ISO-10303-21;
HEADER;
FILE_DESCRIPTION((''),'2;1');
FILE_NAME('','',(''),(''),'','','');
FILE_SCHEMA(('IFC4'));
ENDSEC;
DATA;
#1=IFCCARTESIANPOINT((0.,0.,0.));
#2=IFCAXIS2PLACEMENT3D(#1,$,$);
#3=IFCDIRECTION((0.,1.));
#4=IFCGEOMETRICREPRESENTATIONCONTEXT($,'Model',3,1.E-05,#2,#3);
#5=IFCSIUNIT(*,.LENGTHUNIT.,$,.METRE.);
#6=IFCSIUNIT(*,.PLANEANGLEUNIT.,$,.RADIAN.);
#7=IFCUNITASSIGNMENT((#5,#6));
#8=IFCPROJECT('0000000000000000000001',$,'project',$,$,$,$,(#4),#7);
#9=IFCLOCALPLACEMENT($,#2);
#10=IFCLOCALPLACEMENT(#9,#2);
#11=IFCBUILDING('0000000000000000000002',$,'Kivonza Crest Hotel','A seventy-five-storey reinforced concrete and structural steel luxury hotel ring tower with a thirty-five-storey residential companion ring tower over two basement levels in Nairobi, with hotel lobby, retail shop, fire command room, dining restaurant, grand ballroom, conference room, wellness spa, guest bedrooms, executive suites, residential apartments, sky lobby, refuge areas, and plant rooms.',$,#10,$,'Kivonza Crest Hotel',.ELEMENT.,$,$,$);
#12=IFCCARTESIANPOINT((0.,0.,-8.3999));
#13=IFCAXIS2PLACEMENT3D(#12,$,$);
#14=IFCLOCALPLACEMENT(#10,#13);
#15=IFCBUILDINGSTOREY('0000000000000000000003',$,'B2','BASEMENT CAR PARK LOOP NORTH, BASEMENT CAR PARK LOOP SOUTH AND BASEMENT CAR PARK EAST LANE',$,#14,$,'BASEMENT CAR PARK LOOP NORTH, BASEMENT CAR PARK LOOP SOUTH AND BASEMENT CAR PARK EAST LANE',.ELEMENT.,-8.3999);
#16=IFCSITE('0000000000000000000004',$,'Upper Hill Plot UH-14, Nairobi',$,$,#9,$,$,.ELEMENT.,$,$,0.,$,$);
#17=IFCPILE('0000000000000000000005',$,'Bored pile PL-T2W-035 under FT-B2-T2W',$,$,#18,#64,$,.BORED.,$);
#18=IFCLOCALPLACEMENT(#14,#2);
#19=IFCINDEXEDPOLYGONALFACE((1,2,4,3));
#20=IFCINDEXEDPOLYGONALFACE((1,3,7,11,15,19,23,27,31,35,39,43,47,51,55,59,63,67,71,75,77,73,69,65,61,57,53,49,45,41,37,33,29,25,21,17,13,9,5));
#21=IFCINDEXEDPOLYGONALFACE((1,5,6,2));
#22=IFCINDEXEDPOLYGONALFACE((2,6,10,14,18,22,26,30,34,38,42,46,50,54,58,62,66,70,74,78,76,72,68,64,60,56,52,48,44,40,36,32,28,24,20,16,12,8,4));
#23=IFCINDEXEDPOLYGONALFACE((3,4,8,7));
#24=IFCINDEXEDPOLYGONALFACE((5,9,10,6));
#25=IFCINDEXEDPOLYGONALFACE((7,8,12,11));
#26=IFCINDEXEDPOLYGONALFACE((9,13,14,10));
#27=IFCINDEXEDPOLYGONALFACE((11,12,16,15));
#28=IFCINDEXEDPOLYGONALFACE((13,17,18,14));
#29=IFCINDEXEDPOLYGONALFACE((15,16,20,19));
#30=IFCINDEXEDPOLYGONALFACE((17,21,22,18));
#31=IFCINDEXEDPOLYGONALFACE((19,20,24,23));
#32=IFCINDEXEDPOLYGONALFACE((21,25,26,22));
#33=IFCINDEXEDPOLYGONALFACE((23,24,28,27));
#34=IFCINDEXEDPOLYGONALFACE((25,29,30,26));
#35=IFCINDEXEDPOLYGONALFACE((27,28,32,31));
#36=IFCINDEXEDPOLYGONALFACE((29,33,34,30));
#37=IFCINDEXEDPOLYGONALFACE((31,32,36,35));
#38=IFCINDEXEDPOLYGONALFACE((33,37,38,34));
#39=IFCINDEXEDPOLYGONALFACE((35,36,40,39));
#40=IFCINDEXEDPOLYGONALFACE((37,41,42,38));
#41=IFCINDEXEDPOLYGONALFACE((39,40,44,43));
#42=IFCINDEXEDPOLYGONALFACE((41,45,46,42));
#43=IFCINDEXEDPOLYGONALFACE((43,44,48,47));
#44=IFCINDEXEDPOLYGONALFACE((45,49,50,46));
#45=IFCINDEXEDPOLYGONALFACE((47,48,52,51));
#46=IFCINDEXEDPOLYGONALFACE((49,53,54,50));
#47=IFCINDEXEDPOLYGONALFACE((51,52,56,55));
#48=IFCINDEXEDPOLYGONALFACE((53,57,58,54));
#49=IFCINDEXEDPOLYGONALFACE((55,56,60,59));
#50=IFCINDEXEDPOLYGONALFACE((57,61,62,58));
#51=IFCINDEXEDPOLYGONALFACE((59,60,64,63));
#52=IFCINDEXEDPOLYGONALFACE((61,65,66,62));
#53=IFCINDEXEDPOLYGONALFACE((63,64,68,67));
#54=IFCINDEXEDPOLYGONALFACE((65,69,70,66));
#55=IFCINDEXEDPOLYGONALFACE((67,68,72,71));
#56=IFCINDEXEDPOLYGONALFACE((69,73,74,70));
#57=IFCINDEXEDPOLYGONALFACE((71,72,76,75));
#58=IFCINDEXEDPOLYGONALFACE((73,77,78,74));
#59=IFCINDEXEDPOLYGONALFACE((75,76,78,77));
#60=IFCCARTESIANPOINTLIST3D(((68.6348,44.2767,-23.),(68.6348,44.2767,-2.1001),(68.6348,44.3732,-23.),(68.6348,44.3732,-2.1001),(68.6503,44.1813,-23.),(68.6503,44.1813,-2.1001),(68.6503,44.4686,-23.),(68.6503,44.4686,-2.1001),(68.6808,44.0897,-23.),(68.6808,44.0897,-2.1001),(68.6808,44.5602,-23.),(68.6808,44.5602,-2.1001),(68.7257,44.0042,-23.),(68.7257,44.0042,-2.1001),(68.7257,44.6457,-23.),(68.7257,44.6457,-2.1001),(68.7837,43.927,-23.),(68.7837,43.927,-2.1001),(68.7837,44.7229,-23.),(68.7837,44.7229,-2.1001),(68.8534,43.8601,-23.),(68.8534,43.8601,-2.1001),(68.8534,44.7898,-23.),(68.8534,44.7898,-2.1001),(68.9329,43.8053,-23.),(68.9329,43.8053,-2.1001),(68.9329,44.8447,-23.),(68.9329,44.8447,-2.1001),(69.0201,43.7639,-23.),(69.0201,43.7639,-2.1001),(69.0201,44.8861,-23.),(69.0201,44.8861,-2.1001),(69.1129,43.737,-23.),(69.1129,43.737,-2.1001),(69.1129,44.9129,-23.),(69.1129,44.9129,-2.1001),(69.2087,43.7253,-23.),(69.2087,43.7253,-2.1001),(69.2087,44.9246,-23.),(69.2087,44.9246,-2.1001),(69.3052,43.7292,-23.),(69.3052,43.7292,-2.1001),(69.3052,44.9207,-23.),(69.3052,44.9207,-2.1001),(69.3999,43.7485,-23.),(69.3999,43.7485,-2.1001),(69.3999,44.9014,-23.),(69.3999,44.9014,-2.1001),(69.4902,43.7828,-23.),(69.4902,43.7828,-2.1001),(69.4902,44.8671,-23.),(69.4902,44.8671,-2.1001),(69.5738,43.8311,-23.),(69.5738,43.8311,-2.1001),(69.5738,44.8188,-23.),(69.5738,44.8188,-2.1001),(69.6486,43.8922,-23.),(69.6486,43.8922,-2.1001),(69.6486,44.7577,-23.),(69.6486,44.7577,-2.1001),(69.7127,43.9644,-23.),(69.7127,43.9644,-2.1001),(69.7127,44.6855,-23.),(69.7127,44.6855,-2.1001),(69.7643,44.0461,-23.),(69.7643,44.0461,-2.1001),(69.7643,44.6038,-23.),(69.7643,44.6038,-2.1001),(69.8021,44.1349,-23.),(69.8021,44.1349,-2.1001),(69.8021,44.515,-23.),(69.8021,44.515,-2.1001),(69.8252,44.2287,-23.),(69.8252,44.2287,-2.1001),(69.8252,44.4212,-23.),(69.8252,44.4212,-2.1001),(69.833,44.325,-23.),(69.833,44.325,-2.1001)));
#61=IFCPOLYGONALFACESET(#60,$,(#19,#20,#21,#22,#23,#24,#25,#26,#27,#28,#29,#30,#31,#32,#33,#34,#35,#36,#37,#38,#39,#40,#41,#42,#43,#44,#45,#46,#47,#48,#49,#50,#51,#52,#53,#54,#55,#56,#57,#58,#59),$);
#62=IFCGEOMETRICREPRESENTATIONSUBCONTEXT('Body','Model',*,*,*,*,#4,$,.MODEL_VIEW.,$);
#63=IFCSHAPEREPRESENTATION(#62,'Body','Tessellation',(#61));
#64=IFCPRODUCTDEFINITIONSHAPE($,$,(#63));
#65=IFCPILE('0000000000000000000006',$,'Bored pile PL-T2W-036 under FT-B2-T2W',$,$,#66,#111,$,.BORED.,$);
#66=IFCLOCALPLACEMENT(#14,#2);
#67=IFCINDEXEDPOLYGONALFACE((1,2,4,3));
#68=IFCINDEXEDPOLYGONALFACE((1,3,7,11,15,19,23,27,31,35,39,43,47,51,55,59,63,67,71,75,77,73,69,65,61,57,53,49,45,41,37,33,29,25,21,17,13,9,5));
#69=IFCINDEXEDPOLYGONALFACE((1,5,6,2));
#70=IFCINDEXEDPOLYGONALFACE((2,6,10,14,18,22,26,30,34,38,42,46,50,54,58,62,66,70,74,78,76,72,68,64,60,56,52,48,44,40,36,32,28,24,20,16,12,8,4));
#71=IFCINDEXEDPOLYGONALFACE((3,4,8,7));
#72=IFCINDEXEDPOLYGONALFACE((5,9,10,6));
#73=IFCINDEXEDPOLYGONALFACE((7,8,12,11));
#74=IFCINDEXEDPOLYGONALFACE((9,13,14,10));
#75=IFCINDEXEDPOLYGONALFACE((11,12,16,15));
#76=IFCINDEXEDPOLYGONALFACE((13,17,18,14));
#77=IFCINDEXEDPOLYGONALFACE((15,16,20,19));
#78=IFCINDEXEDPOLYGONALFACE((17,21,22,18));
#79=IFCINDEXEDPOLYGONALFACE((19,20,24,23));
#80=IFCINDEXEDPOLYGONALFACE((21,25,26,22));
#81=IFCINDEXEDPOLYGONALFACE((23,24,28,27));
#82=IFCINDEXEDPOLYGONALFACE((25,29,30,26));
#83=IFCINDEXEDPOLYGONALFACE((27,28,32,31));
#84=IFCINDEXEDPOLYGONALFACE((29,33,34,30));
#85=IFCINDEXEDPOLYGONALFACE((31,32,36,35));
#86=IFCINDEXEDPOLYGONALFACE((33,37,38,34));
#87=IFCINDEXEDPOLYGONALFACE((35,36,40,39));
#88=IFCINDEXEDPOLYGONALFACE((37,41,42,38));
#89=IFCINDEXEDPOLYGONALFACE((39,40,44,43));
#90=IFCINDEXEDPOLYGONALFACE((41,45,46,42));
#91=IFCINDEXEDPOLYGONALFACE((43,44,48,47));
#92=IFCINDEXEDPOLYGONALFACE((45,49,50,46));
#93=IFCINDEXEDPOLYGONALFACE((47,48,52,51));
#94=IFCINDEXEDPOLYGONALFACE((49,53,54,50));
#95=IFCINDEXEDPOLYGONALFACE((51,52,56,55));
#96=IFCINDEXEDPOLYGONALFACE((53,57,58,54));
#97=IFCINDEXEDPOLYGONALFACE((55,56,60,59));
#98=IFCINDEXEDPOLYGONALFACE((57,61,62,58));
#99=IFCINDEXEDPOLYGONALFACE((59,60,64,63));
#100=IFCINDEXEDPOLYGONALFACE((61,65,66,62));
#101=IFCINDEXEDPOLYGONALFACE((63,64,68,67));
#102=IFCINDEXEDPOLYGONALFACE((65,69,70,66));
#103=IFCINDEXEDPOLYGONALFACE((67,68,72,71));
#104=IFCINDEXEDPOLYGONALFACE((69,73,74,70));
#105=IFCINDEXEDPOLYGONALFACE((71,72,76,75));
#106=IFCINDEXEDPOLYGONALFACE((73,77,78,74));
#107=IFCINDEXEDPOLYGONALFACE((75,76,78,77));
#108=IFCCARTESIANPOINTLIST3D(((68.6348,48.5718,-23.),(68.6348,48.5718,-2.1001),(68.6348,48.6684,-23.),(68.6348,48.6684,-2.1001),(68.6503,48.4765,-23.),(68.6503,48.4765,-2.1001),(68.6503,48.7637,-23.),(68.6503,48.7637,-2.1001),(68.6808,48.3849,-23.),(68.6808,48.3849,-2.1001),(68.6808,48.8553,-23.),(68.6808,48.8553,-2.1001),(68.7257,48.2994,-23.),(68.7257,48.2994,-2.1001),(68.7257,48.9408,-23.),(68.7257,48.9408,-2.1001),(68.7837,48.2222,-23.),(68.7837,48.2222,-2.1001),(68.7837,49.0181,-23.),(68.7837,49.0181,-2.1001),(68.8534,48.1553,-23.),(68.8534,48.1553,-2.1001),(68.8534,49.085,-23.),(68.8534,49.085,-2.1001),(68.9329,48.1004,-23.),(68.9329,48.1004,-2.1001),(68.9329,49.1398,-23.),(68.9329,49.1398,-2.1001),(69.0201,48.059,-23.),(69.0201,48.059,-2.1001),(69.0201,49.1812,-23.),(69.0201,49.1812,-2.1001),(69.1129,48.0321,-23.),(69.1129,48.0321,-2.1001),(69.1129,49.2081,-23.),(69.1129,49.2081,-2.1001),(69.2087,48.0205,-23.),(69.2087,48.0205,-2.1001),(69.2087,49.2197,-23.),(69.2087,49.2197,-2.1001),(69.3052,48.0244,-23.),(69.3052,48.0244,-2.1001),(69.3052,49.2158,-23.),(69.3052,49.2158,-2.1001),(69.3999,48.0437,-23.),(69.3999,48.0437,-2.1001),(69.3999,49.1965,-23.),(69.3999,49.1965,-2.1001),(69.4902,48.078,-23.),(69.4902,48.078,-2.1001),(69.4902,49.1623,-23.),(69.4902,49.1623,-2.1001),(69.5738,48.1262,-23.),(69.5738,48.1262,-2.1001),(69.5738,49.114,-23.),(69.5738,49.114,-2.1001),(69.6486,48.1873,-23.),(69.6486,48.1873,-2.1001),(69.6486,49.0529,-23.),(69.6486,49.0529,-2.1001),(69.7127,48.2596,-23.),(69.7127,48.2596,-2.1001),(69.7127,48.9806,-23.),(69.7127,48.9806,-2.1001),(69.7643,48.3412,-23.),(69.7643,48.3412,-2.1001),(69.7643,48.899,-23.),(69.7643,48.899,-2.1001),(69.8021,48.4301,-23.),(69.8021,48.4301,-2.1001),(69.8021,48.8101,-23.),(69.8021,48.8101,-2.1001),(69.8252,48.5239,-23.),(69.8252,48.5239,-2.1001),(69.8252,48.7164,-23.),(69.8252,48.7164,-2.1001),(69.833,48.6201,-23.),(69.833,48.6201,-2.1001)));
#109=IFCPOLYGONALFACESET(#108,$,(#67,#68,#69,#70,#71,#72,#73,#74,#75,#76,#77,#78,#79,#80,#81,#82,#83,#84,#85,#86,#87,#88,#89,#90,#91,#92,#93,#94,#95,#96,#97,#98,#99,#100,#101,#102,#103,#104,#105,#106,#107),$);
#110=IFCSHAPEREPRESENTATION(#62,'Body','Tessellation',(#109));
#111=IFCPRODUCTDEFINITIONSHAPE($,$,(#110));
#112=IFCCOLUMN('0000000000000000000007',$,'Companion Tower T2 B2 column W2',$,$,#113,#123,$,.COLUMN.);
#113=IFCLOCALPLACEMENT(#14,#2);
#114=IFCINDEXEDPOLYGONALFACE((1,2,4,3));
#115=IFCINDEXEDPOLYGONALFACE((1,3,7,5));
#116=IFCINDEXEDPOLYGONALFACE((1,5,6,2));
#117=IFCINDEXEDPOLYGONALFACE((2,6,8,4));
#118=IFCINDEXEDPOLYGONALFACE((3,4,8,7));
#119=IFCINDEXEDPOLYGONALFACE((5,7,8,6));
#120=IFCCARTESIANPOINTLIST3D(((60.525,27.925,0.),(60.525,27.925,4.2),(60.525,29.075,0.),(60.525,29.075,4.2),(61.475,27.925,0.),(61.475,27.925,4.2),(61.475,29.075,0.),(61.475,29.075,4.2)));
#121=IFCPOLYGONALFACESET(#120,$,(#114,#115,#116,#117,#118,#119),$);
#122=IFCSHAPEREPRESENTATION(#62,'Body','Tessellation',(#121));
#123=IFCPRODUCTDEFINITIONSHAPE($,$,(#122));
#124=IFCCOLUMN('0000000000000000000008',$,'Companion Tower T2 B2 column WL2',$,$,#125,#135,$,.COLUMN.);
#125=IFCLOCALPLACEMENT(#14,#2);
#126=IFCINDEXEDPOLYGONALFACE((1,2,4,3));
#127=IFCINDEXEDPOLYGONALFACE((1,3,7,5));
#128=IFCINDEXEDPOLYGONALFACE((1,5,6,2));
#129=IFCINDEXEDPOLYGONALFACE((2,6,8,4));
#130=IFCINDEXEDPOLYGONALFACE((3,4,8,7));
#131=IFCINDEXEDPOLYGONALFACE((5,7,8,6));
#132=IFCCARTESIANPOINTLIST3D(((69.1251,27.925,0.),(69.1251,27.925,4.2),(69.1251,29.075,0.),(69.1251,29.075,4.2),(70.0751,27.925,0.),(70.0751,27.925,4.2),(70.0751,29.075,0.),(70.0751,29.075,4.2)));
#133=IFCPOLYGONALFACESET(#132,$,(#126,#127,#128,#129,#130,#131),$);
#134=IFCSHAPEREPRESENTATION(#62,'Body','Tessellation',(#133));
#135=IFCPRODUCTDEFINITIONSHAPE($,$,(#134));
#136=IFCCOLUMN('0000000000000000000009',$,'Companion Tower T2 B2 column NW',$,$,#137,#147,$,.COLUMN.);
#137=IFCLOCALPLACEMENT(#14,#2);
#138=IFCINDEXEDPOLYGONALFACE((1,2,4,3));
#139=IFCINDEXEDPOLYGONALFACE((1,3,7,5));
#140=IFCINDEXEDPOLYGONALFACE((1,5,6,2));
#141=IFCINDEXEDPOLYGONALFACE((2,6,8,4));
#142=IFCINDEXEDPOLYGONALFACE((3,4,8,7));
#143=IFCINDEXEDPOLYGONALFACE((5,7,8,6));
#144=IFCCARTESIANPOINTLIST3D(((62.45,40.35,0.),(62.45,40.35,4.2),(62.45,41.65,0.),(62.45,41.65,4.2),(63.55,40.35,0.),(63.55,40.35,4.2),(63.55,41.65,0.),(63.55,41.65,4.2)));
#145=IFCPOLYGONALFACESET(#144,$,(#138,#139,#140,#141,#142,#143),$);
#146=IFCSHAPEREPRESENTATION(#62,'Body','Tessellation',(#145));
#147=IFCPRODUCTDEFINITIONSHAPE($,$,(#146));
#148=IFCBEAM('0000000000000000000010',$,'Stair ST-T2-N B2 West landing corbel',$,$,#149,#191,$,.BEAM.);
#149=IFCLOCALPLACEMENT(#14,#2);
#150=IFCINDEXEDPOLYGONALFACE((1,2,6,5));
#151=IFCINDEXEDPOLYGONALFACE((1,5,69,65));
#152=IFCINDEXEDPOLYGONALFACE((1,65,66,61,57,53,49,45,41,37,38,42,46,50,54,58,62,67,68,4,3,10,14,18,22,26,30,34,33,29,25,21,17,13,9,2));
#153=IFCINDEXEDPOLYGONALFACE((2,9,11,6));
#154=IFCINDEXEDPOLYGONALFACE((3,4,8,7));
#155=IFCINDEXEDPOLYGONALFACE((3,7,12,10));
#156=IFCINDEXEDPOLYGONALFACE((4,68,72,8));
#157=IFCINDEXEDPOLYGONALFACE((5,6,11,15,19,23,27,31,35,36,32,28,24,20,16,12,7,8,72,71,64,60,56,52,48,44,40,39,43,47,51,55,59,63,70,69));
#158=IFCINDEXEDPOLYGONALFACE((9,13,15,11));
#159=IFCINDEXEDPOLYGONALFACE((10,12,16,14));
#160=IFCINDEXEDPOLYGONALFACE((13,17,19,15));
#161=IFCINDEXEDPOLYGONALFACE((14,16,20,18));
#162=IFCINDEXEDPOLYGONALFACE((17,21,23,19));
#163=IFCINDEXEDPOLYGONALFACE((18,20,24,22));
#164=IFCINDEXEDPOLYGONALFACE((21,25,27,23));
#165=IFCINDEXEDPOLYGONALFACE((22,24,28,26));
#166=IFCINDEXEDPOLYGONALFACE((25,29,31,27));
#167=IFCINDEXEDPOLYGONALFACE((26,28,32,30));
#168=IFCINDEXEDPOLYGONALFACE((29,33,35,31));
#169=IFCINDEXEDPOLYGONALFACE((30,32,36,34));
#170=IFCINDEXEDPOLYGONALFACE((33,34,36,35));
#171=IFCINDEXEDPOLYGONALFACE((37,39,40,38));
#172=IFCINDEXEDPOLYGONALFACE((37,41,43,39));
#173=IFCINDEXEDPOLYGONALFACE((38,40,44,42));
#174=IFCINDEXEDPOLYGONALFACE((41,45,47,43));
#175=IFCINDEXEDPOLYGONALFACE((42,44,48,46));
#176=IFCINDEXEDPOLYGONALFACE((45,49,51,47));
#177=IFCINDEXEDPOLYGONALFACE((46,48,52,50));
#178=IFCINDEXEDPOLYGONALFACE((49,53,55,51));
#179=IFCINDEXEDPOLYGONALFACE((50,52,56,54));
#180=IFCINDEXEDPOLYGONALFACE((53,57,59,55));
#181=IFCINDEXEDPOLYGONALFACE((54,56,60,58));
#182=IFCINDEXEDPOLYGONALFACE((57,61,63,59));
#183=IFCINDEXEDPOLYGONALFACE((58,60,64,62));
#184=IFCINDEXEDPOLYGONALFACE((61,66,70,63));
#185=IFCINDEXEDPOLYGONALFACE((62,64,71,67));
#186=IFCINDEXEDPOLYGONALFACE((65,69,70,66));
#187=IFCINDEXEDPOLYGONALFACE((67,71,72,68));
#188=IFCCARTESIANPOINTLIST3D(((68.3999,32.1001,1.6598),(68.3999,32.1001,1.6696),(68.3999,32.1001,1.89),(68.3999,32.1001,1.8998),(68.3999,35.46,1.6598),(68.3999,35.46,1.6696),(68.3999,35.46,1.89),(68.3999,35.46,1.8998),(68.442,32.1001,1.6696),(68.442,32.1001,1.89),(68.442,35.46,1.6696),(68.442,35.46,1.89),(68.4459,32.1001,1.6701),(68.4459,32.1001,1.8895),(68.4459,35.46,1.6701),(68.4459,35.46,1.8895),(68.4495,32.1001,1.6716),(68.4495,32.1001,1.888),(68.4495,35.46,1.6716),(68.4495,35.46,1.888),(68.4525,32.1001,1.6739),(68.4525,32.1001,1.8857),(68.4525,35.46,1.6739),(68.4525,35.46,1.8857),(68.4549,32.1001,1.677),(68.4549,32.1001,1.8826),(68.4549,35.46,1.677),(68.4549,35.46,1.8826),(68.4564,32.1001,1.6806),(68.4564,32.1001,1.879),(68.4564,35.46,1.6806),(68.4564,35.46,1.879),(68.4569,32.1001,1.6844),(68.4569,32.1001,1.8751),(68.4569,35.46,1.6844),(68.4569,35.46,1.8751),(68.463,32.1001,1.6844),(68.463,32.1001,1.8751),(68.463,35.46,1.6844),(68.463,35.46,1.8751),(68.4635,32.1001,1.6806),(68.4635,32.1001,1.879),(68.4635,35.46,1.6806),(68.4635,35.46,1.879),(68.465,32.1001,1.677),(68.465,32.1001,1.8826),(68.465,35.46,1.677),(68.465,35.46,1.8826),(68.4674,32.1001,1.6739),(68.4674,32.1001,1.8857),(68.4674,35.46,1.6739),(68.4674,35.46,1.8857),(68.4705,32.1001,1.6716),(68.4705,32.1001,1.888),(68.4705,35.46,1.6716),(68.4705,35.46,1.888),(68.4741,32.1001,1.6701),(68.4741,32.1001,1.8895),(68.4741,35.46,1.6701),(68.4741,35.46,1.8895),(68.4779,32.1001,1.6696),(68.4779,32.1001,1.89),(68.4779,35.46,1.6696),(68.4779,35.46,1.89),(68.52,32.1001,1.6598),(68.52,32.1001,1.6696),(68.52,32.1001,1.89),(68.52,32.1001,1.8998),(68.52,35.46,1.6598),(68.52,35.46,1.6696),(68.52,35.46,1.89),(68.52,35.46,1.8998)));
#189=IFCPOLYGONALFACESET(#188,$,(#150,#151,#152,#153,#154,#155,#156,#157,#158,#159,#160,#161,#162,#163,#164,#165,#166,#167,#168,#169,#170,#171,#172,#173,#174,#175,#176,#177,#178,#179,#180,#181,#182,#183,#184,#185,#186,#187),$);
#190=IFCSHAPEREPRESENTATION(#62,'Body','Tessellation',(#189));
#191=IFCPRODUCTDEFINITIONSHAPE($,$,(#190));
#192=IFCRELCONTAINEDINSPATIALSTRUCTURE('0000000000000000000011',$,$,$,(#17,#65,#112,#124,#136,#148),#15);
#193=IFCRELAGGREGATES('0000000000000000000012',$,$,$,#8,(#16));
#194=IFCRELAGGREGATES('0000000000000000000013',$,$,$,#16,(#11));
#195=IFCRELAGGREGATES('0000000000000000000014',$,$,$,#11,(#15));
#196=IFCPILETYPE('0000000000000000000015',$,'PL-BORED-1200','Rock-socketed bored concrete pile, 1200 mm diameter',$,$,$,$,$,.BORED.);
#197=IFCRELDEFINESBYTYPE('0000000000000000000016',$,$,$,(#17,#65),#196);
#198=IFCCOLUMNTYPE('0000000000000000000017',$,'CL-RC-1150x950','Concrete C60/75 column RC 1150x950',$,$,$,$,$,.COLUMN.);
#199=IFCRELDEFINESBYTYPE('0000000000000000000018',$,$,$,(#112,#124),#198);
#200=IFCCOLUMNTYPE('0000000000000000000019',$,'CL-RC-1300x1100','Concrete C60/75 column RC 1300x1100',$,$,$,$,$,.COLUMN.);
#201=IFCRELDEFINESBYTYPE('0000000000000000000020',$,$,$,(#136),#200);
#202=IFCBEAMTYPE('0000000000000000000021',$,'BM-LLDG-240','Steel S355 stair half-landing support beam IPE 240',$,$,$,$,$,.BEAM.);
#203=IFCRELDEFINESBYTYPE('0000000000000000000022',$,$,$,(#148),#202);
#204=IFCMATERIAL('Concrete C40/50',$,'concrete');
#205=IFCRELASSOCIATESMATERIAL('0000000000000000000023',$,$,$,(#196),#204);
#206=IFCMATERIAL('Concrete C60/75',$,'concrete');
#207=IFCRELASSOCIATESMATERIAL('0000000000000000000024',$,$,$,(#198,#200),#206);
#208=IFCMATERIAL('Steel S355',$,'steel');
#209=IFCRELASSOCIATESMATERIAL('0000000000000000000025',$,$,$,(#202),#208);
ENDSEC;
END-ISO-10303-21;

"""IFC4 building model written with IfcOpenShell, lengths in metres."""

from ifc_helpers import new_model, si_unit, direction, frame, origin, origin_2d, place, context, subcontext, project, spatial, rectangle, circle, i_section, extrude, material, material_profile, profile_set, type_object, element, save


model = new_model("IFC4")

# Units and contexts
model_context = context("Model", 3, precision=1e-05, world=origin(), true_north=direction((0.0, 1.0)))
body_context = subcontext(model_context, "Body", "Model", "MODEL_VIEW")
ifc_project = project(units=[si_unit("LENGTHUNIT", "METRE"), si_unit("PLANEANGLEUNIT", "RADIAN")], contexts=[model_context])

# Site, building, storey
site_placement = place(None, origin())
site = spatial("IfcSite", under=ifc_project, at=site_placement, Name="Upper Hill Plot UH-14, Nairobi", CompositionType="ELEMENT", RefElevation=0.0)
building_placement = place(site_placement, origin())
building = spatial("IfcBuilding", under=site, at=building_placement, Name="Kivonza Crest Hotel", Description="A seventy-five-storey reinforced concrete and structural steel luxury hotel ring tower with a thirty-five-storey residential companion ring tower over two basement levels in Nairobi, with hotel lobby, retail shop, fire command room, dining restaurant, grand ballroom, conference room, wellness spa, guest bedrooms, executive suites, residential apartments, sky lobby, refuge areas, and plant rooms.", LongName="Kivonza Crest Hotel", CompositionType="ELEMENT")
storey_placement = place(building_placement, frame((0.0, 0.0, -8.3999)))
storey = spatial("IfcBuildingStorey", under=building, at=storey_placement, Name="B2", Description="BASEMENT CAR PARK LOOP NORTH, BASEMENT CAR PARK LOOP SOUTH AND BASEMENT CAR PARK EAST LANE", LongName="BASEMENT CAR PARK LOOP NORTH, BASEMENT CAR PARK LOOP SOUTH AND BASEMENT CAR PARK EAST LANE", CompositionType="ELEMENT", Elevation=-8.3999)

# Piles
ifc_material_1 = material(Name="Concrete C40/50", Category="concrete")
ifc_material_profile_1 = material_profile(ifc_material_1, circle(Radius=0.6001, at=origin_2d()), Name="PILE D1200")
ifc_profile_set_1 = profile_set([ifc_material_profile_1], Name="Concrete C40/50")
pile_type = type_object("IfcPileType", Name="PL-BORED-1200", Description="Rock-socketed bored concrete pile, 1200 mm diameter", PredefinedType="BORED", material=ifc_profile_set_1)
for number, where, z_axis, x_axis, name in (
    (1, (69.2329, 44.325, -2.1001), (0.0, 0.0, -1.0), (1.0, 0.0, 0.0), "Bored pile PL-T2W-035 under FT-B2-T2W"),
    (2, (69.2329, 48.6201, -2.1001), (0.0, 0.0, -1.0), (1.0, 0.0, 0.0), "Bored pile PL-T2W-036 under FT-B2-T2W"),
):
    element("IfcPile", number, at=place(storey_placement, frame(where, z_axis=z_axis, x_axis=x_axis)), inside=storey, type_object=pile_type, Name=name, PredefinedType="BORED", context=body_context, shape_type="SweptSolid", body=[
        extrude(circle(Radius=0.6001, at=origin_2d()), origin(), (0.0, 0.0, 1.0), 20.8999),
    ])

# Columns
ifc_material_2 = material(Name="Concrete C60/75", Category="concrete")
ifc_material_profile_2 = material_profile(ifc_material_2, rectangle(XDim=0.95, YDim=1.1499, at=origin_2d()), Name="RC 1150x950")
ifc_profile_set_2 = profile_set([ifc_material_profile_2], Name="Concrete C60/75")
column_type_1 = type_object("IfcColumnType", Name="CL-RC-1150x950", Description="Concrete C60/75 column RC 1150x950", PredefinedType="COLUMN", material=ifc_profile_set_2)
for number, where, z_axis, x_axis, name in (
    (3, (61.0, 28.5, 0.0), (0.0, 0.0, 1.0), (1.0, 0.0, 0.0), "Companion Tower T2 B2 column W2"),
    (4, (69.6001, 28.5, 0.0), (0.0, 0.0, 1.0), (1.0, 0.0, 0.0), "Companion Tower T2 B2 column WL2"),
):
    element("IfcColumn", number, at=place(storey_placement, frame(where, z_axis=z_axis, x_axis=x_axis)), inside=storey, type_object=column_type_1, Name=name, PredefinedType="COLUMN", context=body_context, shape_type="SweptSolid", body=[
        extrude(rectangle(XDim=0.95, YDim=1.1499, at=origin_2d()), origin(), (0.0, 0.0, 1.0), 4.2),
    ])
ifc_material_profile_3 = material_profile(ifc_material_2, rectangle(XDim=1.1001, YDim=1.3, at=origin_2d()), Name="RC 1300x1100")
ifc_profile_set_3 = profile_set([ifc_material_profile_3], Name="Concrete C60/75")
column_type_2 = type_object("IfcColumnType", Name="CL-RC-1300x1100", Description="Concrete C60/75 column RC 1300x1100", PredefinedType="COLUMN", material=ifc_profile_set_3)
column_placement = place(storey_placement, frame((63.0, 41.0, 0.0), z_axis=(0.0, 0.0, 1.0), x_axis=(1.0, 0.0, 0.0)))
element("IfcColumn", 5, at=column_placement, inside=storey, type_object=column_type_2, Name="Companion Tower T2 B2 column NW", PredefinedType="COLUMN", context=body_context, shape_type="SweptSolid", body=[
    extrude(rectangle(XDim=1.1001, YDim=1.3, at=origin_2d()), origin(), (0.0, 0.0, 1.0), 4.2),
])

# Beam
ifc_material_3 = material(Name="Steel S355", Category="steel")
ifc_material_profile_4 = material_profile(ifc_material_3, i_section(OverallWidth=0.1201, OverallDepth=0.24, WebThickness=0.0061, FlangeThickness=0.0098, FilletRadius=0.0149, at=origin_2d()), Name="IPE 240")
ifc_profile_set_4 = profile_set([ifc_material_profile_4], Name="Steel S355")
beam_type = type_object("IfcBeamType", Name="BM-LLDG-240", Description="Steel S355 stair half-landing support beam IPE 240", PredefinedType="BEAM", material=ifc_profile_set_4)
beam_placement = place(storey_placement, frame((68.46, 32.1001, 1.7798), z_axis=(0.0, 1.0, 0.0), x_axis=(-1.0, 0.0, 0.0)))
element("IfcBeam", 6, at=beam_placement, inside=storey, type_object=beam_type, Name="Stair ST-T2-N B2 West landing corbel", PredefinedType="BEAM", context=body_context, shape_type="SweptSolid", body=[
    extrude(i_section(OverallWidth=0.1201, OverallDepth=0.24, WebThickness=0.0061, FlangeThickness=0.0098, FilletRadius=0.0149, at=origin_2d()), origin(), (0.0, 0.0, 1.0), 3.3599),
])

save(model, "model.ifc")
